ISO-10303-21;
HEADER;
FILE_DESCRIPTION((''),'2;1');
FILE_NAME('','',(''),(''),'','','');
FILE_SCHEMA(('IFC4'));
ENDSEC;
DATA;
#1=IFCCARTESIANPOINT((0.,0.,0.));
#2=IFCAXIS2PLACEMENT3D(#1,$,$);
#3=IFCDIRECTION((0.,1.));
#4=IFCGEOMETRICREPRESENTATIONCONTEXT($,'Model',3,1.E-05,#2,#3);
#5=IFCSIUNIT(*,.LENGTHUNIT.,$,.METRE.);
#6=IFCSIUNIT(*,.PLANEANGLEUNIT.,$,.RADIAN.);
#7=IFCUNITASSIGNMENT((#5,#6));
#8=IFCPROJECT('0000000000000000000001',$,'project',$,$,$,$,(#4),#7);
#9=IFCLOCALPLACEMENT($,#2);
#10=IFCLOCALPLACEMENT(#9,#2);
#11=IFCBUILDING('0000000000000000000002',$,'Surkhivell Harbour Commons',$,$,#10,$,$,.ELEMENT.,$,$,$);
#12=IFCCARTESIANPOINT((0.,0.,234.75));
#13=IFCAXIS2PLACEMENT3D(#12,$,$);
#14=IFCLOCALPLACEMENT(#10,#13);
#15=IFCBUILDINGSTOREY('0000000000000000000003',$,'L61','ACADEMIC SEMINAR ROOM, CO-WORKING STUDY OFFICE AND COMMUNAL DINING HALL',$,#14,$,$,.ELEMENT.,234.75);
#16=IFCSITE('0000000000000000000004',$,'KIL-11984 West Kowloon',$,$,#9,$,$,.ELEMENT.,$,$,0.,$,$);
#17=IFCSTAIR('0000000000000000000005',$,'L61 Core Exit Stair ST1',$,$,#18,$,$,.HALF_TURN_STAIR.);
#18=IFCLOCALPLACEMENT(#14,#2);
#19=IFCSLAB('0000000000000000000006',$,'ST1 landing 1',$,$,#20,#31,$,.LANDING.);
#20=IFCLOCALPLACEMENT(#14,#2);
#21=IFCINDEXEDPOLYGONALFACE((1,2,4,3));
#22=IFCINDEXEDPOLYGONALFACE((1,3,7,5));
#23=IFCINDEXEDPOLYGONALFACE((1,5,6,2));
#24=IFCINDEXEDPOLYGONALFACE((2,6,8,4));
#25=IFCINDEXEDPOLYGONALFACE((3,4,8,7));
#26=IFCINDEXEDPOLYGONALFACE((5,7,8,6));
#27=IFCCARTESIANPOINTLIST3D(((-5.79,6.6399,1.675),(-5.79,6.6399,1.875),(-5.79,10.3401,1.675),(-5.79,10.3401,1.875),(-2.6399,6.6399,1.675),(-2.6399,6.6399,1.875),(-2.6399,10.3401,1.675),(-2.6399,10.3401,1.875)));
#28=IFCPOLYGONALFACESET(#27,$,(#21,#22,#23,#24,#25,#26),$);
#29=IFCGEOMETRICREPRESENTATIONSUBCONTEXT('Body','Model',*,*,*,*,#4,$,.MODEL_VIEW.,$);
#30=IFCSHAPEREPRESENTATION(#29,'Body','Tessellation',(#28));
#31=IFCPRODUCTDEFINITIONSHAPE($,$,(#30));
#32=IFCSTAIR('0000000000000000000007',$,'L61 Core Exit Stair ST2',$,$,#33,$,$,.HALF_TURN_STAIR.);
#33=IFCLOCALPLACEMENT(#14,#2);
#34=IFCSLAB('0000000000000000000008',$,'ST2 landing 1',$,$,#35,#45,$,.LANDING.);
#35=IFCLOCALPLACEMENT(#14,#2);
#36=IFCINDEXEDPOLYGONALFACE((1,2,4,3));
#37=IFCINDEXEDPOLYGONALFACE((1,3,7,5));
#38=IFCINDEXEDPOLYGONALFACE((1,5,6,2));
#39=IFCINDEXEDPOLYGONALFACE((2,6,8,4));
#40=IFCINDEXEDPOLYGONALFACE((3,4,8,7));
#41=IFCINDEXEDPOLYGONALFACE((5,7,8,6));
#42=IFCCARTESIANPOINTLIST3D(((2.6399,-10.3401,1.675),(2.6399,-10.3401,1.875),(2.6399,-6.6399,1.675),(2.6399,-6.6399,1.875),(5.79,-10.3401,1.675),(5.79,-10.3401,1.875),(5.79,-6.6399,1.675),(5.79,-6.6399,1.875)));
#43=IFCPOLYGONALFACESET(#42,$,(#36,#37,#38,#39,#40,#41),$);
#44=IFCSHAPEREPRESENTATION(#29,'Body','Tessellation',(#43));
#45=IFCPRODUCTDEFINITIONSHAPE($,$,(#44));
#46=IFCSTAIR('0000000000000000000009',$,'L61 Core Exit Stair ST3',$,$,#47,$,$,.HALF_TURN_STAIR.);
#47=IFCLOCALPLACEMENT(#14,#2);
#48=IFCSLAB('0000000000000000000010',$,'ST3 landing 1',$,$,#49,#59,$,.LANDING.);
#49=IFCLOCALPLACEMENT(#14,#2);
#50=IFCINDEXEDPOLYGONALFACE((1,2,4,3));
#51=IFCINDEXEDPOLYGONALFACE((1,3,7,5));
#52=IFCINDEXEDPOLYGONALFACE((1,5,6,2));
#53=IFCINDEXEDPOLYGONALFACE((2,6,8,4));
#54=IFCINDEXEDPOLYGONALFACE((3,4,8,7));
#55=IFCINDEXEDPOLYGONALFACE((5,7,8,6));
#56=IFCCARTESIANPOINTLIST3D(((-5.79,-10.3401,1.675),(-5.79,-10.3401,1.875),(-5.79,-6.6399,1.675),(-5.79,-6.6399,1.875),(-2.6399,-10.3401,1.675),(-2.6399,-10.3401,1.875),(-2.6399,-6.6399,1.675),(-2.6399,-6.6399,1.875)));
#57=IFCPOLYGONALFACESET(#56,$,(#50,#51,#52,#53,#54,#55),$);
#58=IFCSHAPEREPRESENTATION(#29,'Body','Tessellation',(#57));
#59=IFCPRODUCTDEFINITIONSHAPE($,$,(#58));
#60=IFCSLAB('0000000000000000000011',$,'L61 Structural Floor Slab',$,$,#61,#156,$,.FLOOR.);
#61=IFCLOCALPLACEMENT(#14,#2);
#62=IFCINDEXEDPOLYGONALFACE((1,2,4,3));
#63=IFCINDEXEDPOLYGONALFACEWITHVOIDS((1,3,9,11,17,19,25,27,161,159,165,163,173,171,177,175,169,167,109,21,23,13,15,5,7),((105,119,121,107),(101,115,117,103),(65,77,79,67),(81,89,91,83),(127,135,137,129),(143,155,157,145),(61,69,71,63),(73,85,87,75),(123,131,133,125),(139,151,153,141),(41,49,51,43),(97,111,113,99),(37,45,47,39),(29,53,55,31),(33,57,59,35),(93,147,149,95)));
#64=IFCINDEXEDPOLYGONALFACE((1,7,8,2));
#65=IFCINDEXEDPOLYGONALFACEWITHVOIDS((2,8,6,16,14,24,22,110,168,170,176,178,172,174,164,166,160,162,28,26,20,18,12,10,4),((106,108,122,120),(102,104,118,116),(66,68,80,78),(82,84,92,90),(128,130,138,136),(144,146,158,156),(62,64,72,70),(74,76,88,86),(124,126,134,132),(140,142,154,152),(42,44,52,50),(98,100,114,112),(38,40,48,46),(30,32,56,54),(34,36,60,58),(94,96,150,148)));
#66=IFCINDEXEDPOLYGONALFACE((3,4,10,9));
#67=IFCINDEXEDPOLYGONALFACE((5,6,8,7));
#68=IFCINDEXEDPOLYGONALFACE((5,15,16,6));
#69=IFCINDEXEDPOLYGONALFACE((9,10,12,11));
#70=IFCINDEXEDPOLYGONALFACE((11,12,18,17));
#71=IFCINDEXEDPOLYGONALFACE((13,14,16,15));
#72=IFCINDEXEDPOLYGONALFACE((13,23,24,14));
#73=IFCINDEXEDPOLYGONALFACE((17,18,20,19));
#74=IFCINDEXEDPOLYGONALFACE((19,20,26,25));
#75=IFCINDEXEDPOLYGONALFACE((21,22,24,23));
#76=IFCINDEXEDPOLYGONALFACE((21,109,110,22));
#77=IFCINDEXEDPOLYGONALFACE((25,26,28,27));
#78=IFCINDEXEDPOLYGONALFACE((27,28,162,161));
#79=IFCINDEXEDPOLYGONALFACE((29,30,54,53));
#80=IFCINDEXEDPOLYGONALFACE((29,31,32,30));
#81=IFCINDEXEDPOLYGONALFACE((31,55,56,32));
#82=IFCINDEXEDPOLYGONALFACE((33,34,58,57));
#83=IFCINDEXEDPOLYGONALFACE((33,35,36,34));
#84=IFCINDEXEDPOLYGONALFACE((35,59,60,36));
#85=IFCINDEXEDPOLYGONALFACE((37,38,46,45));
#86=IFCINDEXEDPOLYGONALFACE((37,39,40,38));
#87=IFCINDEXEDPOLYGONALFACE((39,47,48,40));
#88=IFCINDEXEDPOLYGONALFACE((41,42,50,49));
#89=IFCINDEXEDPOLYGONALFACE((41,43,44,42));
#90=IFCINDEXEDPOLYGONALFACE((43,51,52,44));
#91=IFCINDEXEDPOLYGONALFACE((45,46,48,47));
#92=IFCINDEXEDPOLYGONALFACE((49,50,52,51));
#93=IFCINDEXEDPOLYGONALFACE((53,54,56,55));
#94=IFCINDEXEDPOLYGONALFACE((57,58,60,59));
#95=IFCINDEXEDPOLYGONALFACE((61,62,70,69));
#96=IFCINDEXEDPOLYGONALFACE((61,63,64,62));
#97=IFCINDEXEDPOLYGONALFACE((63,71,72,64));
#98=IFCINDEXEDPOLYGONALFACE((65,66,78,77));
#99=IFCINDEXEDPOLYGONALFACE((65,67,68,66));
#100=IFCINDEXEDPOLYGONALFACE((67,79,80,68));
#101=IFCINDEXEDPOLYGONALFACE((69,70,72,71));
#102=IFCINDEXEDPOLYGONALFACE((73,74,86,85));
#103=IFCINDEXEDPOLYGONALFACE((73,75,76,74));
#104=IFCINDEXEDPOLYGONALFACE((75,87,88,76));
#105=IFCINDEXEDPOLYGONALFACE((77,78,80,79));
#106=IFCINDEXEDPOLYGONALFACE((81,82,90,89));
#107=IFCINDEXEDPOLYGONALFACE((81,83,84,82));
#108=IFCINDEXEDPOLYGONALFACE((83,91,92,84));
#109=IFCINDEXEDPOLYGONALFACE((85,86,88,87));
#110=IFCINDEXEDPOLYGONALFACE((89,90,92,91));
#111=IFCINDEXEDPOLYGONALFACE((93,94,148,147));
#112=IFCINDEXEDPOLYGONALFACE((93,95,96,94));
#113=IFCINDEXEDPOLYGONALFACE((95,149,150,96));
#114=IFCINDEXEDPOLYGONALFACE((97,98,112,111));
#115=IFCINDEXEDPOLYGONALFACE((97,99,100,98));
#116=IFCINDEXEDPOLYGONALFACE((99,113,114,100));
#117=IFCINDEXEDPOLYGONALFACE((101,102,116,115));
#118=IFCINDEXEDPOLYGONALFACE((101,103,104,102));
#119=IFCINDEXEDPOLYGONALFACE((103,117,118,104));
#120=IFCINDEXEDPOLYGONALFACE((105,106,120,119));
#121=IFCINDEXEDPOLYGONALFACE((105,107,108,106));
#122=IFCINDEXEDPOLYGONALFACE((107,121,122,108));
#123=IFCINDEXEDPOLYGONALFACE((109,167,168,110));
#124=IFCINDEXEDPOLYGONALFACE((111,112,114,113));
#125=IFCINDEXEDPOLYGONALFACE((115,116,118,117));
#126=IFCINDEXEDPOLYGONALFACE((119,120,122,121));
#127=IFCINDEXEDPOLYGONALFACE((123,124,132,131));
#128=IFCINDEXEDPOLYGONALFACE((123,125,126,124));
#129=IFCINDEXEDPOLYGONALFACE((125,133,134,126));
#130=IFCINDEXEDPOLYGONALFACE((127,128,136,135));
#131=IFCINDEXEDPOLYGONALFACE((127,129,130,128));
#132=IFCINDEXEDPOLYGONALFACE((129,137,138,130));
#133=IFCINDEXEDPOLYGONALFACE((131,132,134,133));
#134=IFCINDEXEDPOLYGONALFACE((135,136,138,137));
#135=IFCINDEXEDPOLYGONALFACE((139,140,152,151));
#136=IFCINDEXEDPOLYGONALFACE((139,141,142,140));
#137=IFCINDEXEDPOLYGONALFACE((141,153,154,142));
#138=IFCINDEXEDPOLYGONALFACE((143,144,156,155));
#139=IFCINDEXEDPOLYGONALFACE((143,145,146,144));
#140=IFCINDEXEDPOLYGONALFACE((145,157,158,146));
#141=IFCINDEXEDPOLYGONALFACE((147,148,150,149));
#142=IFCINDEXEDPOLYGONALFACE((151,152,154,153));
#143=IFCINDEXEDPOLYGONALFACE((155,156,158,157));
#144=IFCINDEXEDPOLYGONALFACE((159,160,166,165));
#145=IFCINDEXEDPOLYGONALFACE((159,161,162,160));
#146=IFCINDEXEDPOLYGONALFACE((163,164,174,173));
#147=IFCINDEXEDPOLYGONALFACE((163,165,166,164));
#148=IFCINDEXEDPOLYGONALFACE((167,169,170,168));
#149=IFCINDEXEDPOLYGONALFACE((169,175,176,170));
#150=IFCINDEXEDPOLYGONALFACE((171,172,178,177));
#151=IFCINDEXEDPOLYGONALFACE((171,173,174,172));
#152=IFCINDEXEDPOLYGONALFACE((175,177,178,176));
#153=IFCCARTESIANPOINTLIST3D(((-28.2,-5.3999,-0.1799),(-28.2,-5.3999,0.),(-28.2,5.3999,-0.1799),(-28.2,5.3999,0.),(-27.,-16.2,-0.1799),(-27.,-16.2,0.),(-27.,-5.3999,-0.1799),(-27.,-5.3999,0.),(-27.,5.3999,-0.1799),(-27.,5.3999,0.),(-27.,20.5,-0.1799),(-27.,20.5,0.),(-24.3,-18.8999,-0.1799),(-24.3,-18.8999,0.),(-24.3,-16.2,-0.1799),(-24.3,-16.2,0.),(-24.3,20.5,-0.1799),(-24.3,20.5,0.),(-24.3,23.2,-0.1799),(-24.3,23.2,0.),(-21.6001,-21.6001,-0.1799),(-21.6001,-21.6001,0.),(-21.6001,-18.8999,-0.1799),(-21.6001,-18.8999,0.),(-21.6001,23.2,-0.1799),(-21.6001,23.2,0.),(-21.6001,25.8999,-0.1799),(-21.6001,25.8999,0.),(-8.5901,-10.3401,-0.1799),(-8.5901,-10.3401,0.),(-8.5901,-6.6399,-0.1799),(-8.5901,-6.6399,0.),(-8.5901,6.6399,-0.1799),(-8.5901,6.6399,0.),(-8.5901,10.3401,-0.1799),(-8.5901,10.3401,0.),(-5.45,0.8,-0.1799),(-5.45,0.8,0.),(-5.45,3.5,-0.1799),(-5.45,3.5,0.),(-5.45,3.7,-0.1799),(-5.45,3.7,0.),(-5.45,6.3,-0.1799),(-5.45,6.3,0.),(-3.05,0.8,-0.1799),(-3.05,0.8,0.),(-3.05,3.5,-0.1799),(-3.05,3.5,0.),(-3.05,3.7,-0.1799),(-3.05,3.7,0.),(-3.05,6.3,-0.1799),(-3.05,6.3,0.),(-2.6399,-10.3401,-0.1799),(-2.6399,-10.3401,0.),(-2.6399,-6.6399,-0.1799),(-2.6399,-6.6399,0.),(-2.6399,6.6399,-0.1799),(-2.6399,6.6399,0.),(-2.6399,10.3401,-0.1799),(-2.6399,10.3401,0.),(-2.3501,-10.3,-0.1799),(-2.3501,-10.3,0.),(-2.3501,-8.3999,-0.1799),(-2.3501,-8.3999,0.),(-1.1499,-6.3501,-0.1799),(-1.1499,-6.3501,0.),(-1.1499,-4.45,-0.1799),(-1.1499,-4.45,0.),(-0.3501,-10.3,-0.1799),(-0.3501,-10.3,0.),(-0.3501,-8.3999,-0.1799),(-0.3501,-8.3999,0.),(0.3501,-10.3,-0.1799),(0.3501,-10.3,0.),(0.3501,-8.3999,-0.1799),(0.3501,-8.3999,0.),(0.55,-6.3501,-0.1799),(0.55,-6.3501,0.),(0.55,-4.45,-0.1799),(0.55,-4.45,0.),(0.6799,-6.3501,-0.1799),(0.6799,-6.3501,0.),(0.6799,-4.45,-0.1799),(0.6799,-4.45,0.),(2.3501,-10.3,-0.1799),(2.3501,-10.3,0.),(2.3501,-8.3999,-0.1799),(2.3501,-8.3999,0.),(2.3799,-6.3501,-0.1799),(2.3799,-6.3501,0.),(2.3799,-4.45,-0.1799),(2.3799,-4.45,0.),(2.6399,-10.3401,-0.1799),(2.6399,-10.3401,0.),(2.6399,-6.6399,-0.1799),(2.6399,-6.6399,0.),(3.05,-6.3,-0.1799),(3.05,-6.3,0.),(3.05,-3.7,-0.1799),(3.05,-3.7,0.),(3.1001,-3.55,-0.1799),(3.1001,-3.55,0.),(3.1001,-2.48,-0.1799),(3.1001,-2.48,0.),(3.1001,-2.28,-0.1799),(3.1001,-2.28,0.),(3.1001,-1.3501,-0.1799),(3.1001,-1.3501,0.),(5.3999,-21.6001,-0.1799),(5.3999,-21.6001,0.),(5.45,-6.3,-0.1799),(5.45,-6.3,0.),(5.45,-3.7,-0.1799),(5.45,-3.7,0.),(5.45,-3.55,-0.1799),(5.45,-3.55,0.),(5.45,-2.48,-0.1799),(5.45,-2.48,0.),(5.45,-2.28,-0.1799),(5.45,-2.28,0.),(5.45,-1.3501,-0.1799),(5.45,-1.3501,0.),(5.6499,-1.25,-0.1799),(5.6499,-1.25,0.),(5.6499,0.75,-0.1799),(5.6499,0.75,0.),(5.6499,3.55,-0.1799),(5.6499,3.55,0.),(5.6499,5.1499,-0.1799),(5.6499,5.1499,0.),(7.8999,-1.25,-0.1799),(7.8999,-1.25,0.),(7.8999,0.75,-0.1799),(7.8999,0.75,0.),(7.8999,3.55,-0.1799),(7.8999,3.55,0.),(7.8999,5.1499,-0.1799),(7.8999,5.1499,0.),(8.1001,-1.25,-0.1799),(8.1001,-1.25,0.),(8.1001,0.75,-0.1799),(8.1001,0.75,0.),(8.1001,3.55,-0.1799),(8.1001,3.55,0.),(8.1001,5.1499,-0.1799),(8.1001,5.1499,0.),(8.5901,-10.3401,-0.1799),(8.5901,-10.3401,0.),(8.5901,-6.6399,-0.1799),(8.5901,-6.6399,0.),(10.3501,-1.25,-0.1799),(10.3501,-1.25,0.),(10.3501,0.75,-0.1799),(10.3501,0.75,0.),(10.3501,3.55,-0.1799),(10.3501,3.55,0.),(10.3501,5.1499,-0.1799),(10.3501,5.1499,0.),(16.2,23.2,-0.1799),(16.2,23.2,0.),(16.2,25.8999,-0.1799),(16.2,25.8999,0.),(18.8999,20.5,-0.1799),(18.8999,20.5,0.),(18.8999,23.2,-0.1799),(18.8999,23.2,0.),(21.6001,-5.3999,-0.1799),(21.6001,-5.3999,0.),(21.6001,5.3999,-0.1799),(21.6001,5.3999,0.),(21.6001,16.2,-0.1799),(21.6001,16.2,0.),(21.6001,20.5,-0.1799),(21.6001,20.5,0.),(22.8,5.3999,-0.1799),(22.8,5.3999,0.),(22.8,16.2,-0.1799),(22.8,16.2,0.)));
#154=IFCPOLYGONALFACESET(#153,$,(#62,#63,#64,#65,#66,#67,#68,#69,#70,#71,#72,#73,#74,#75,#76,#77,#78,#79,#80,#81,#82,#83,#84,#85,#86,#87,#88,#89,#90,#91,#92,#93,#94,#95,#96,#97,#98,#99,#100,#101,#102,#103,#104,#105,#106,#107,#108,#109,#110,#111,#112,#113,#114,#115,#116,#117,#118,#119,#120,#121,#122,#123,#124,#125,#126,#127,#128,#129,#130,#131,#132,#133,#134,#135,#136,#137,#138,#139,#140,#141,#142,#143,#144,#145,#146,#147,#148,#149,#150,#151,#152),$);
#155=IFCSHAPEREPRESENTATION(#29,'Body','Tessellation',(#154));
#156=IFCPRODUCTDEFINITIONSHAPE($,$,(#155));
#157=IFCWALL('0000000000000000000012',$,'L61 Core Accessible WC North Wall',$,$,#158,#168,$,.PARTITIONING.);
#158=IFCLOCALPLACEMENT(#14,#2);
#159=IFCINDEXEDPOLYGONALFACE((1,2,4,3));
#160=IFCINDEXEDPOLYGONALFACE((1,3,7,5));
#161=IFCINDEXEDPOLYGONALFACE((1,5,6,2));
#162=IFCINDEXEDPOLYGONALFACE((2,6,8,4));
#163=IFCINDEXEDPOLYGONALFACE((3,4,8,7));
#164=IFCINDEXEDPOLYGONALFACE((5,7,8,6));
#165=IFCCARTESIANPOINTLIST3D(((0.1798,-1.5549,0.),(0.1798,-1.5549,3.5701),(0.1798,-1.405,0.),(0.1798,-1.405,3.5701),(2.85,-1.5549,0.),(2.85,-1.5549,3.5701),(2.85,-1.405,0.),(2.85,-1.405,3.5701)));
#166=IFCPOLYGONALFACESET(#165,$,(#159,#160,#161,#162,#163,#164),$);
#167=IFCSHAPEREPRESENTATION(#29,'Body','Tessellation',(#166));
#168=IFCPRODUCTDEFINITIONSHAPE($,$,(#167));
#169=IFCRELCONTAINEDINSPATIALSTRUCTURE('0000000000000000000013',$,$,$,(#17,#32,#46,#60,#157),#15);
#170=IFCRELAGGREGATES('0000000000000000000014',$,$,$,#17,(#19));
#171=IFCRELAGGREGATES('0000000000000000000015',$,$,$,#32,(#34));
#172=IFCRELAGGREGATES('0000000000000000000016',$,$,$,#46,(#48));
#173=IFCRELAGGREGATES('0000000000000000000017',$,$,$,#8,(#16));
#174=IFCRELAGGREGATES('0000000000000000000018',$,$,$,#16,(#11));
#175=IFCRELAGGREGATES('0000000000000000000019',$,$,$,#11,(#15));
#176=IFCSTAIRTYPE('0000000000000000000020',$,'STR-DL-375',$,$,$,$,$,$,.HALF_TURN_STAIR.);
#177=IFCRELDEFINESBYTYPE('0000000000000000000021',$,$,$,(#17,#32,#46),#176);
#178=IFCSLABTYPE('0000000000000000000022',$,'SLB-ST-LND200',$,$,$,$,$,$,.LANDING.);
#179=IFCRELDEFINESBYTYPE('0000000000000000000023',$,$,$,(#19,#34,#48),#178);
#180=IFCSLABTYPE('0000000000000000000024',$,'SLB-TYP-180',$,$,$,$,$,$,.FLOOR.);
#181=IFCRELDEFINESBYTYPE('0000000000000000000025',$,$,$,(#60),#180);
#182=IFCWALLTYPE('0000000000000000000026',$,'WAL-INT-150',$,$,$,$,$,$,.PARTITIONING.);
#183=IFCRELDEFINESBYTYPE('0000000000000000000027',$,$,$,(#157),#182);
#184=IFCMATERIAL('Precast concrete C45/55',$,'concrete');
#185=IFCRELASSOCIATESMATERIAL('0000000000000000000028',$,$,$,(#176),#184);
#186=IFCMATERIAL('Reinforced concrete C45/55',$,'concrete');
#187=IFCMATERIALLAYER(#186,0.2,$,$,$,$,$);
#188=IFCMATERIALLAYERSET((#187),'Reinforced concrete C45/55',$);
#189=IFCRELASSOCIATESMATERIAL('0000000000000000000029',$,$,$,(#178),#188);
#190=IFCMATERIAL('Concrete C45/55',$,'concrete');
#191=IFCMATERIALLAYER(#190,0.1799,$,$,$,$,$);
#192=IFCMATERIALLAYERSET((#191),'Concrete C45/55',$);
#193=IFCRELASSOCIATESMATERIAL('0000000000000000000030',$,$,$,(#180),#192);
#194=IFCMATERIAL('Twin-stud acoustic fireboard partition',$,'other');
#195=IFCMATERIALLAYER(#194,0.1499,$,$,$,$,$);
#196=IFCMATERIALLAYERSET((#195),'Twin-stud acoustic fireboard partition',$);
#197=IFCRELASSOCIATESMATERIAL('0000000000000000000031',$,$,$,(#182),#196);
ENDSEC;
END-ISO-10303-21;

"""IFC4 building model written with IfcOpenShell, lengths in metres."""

from ifc_helpers import new_model, si_unit, direction, frame, frame_2d, origin, place, context, subcontext, project, spatial, polyline, rectangle, outline, extrude, material, layer, layer_set, type_object, element, aggregate, save


model = new_model("IFC4")

# Units and contexts
model_context = context("Model", 3, precision=1e-05, world=origin(), true_north=direction((0.0, 1.0)))
body_context = subcontext(model_context, "Body", "Model", "MODEL_VIEW")
ifc_project = project(units=[si_unit("LENGTHUNIT", "METRE"), si_unit("PLANEANGLEUNIT", "RADIAN")], contexts=[model_context])

# Site, building, storey
site_placement = place(None, origin())
site = spatial("IfcSite", under=ifc_project, at=site_placement, Name="KIL-11984 West Kowloon", CompositionType="ELEMENT", RefElevation=0.0)
building_placement = place(site_placement, origin())
building = spatial("IfcBuilding", under=site, at=building_placement, Name="Surkhivell Harbour Commons", CompositionType="ELEMENT")
storey_placement = place(building_placement, frame((0.0, 0.0, 234.75)))
storey = spatial("IfcBuildingStorey", under=building, at=storey_placement, Name="L61", Description="ACADEMIC SEMINAR ROOM, CO-WORKING STUDY OFFICE AND COMMUNAL DINING HALL", CompositionType="ELEMENT", Elevation=234.75)

# Stairs, slabs
ifc_material_1 = material(Name="Precast concrete C45/55", Category="concrete")
stair_type = type_object("IfcStairType", Name="STR-DL-375", PredefinedType="HALF_TURN_STAIR", material=ifc_material_1)
stair_1_placement = place(storey_placement, origin())
stair_1 = element("IfcStair", 1, at=stair_1_placement, inside=storey, type_object=stair_type, Name="L61 Core Exit Stair ST1", PredefinedType="HALF_TURN_STAIR")
ifc_material_2 = material(Name="Reinforced concrete C45/55", Category="concrete")
ifc_layer_1 = layer(ifc_material_2, 0.2)
ifc_layer_set_1 = layer_set([ifc_layer_1], Name="Reinforced concrete C45/55")
slab_type_1 = type_object("IfcSlabType", Name="SLB-ST-LND200", PredefinedType="LANDING", material=ifc_layer_set_1)
slab_1_placement = place(storey_placement, frame((0.0, 0.0, 1.675)))
slab_1 = element("IfcSlab", 2, at=slab_1_placement, type_object=slab_type_1, Name="ST1 landing 1", PredefinedType="LANDING", context=body_context, shape_type="SweptSolid", body=[
    extrude(outline(polyline([(-5.79, 6.6399), (-2.6399, 6.6399), (-2.6399, 10.3401), (-5.79, 10.3401), (-5.79, 6.6399)])), origin(), (0.0, 0.0, 1.0), 0.2),
])
aggregate(stair_1, [slab_1])
stair_2_placement = place(storey_placement, origin())
stair_2 = element("IfcStair", 3, at=stair_2_placement, inside=storey, type_object=stair_type, Name="L61 Core Exit Stair ST2", PredefinedType="HALF_TURN_STAIR")
slab_2_placement = place(storey_placement, frame((0.0, 0.0, 1.675)))
slab_2 = element("IfcSlab", 4, at=slab_2_placement, type_object=slab_type_1, Name="ST2 landing 1", PredefinedType="LANDING", context=body_context, shape_type="SweptSolid", body=[
    extrude(outline(polyline([(5.79, -6.6399), (2.6399, -6.6399), (2.6399, -10.3401), (5.79, -10.3401), (5.79, -6.6399)])), origin(), (0.0, 0.0, 1.0), 0.2),
])
aggregate(stair_2, [slab_2])
stair_3_placement = place(storey_placement, origin())
stair_3 = element("IfcStair", 5, at=stair_3_placement, inside=storey, type_object=stair_type, Name="L61 Core Exit Stair ST3", PredefinedType="HALF_TURN_STAIR")
slab_3_placement = place(storey_placement, frame((0.0, 0.0, 1.675)))
slab_3 = element("IfcSlab", 6, at=slab_3_placement, type_object=slab_type_1, Name="ST3 landing 1", PredefinedType="LANDING", context=body_context, shape_type="SweptSolid", body=[
    extrude(outline(polyline([(-5.79, -10.3401), (-2.6399, -10.3401), (-2.6399, -6.6399), (-5.79, -6.6399), (-5.79, -10.3401)])), origin(), (0.0, 0.0, 1.0), 0.2),
])
aggregate(stair_3, [slab_3])

# Slab
ifc_material_3 = material(Name="Concrete C45/55", Category="concrete")
ifc_layer_2 = layer(ifc_material_3, 0.1799)
ifc_layer_set_2 = layer_set([ifc_layer_2], Name="Concrete C45/55")
slab_type_2 = type_object("IfcSlabType", Name="SLB-TYP-180", PredefinedType="FLOOR", material=ifc_layer_set_2)
slab_4_placement = place(storey_placement, frame((0.0, 0.0, -0.1799)))
element("IfcSlab", 7, at=slab_4_placement, inside=storey, type_object=slab_type_2, Name="L61 Structural Floor Slab", PredefinedType="FLOOR", context=body_context, shape_type="SweptSolid", body=[
    extrude(outline(polyline([(-27.0, 20.5), (-27.0, 5.3999), (-28.2, 5.3999), (-28.2, -5.3999), (-27.0, -5.3999), (-27.0, -16.2), (-24.3, -16.2), (-24.3, -18.8999), (-21.6001, -18.8999), (-21.6001, -21.6001), (5.3999, -21.6001), (21.6001, -5.3999), (21.6001, 5.3999), (22.8, 5.3999), (22.8, 16.2), (21.6001, 16.2), (21.6001, 20.5), (18.8999, 20.5), (18.8999, 23.2), (16.2, 23.2), (16.2, 25.8999), (-21.6001, 25.8999), (-21.6001, 23.2), (-24.3, 23.2), (-24.3, 20.5), (-27.0, 20.5)]), holes=[polyline([(-8.5901, 6.6399), (-2.6399, 6.6399), (-2.6399, 10.3401), (-8.5901, 10.3401), (-8.5901, 6.6399)]), polyline([(8.5901, -6.6399), (2.6399, -6.6399), (2.6399, -10.3401), (8.5901, -10.3401), (8.5901, -6.6399)]), polyline([(-8.5901, -10.3401), (-2.6399, -10.3401), (-2.6399, -6.6399), (-8.5901, -6.6399), (-8.5901, -10.3401)]), polyline([(5.6499, 3.55), (7.8999, 3.55), (7.8999, 5.1499), (5.6499, 5.1499), (5.6499, 3.55)]), polyline([(8.1001, 3.55), (10.3501, 3.55), (10.3501, 5.1499), (8.1001, 5.1499), (8.1001, 3.55)]), polyline([(5.6499, -1.25), (7.8999, -1.25), (7.8999, 0.75), (5.6499, 0.75), (5.6499, -1.25)]), polyline([(8.1001, -1.25), (10.3501, -1.25), (10.3501, 0.75), (8.1001, 0.75), (8.1001, -1.25)]), polyline([(-1.1499, -6.3501), (0.55, -6.3501), (0.55, -4.45), (-1.1499, -4.45), (-1.1499, -6.3501)]), polyline([(0.6799, -6.3501), (2.3799, -6.3501), (2.3799, -4.45), (0.6799, -4.45), (0.6799, -6.3501)]), polyline([(-2.3501, -10.3), (-0.3501, -10.3), (-0.3501, -8.3999), (-2.3501, -8.3999), (-2.3501, -10.3)]), polyline([(0.3501, -10.3), (2.3501, -10.3), (2.3501, -8.3999), (0.3501, -8.3999), (0.3501, -10.3)]), polyline([(-5.45, 3.7), (-3.05, 3.7), (-3.05, 6.3), (-5.45, 6.3), (-5.45, 3.7)]), polyline([(3.05, -6.3), (5.45, -6.3), (5.45, -3.7), (3.05, -3.7), (3.05, -6.3)]), polyline([(-5.45, 0.8), (-3.05, 0.8), (-3.05, 3.5), (-5.45, 3.5), (-5.45, 0.8)]), polyline([(3.1001, -3.55), (5.45, -3.55), (5.45, -2.48), (3.1001, -2.48), (3.1001, -3.55)]), polyline([(3.1001, -2.28), (5.45, -2.28), (5.45, -1.3501), (3.1001, -1.3501), (3.1001, -2.28)])]), origin(), (0.0, 0.0, 1.0), 0.1799),
])

# Wall
ifc_material_4 = material(Name="Twin-stud acoustic fireboard partition", Category="other")
ifc_layer_3 = layer(ifc_material_4, 0.1499)
ifc_layer_set_3 = layer_set([ifc_layer_3], Name="Twin-stud acoustic fireboard partition")
wall_type_1 = type_object("IfcWallType", Name="WAL-INT-150", PredefinedType="PARTITIONING", material=ifc_layer_set_3)
wall_1_placement = place(storey_placement, frame((0.1799, -1.48, 0.0), z_axis=(0.0, 0.0, 1.0), x_axis=(1.0, 0.0, 0.0)))
element("IfcWall", 8, at=wall_1_placement, inside=storey, type_object=wall_type_1, Name="L61 Core Accessible WC North Wall", PredefinedType="PARTITIONING", context=body_context, shape_type="SweptSolid", body=[
    extrude(rectangle(XDim=2.6702, YDim=0.1499, at=frame_2d((1.335, 0.0))), origin(), (0.0, 0.0, 1.0), 3.5701),
])

save(model, "model.ifc")
